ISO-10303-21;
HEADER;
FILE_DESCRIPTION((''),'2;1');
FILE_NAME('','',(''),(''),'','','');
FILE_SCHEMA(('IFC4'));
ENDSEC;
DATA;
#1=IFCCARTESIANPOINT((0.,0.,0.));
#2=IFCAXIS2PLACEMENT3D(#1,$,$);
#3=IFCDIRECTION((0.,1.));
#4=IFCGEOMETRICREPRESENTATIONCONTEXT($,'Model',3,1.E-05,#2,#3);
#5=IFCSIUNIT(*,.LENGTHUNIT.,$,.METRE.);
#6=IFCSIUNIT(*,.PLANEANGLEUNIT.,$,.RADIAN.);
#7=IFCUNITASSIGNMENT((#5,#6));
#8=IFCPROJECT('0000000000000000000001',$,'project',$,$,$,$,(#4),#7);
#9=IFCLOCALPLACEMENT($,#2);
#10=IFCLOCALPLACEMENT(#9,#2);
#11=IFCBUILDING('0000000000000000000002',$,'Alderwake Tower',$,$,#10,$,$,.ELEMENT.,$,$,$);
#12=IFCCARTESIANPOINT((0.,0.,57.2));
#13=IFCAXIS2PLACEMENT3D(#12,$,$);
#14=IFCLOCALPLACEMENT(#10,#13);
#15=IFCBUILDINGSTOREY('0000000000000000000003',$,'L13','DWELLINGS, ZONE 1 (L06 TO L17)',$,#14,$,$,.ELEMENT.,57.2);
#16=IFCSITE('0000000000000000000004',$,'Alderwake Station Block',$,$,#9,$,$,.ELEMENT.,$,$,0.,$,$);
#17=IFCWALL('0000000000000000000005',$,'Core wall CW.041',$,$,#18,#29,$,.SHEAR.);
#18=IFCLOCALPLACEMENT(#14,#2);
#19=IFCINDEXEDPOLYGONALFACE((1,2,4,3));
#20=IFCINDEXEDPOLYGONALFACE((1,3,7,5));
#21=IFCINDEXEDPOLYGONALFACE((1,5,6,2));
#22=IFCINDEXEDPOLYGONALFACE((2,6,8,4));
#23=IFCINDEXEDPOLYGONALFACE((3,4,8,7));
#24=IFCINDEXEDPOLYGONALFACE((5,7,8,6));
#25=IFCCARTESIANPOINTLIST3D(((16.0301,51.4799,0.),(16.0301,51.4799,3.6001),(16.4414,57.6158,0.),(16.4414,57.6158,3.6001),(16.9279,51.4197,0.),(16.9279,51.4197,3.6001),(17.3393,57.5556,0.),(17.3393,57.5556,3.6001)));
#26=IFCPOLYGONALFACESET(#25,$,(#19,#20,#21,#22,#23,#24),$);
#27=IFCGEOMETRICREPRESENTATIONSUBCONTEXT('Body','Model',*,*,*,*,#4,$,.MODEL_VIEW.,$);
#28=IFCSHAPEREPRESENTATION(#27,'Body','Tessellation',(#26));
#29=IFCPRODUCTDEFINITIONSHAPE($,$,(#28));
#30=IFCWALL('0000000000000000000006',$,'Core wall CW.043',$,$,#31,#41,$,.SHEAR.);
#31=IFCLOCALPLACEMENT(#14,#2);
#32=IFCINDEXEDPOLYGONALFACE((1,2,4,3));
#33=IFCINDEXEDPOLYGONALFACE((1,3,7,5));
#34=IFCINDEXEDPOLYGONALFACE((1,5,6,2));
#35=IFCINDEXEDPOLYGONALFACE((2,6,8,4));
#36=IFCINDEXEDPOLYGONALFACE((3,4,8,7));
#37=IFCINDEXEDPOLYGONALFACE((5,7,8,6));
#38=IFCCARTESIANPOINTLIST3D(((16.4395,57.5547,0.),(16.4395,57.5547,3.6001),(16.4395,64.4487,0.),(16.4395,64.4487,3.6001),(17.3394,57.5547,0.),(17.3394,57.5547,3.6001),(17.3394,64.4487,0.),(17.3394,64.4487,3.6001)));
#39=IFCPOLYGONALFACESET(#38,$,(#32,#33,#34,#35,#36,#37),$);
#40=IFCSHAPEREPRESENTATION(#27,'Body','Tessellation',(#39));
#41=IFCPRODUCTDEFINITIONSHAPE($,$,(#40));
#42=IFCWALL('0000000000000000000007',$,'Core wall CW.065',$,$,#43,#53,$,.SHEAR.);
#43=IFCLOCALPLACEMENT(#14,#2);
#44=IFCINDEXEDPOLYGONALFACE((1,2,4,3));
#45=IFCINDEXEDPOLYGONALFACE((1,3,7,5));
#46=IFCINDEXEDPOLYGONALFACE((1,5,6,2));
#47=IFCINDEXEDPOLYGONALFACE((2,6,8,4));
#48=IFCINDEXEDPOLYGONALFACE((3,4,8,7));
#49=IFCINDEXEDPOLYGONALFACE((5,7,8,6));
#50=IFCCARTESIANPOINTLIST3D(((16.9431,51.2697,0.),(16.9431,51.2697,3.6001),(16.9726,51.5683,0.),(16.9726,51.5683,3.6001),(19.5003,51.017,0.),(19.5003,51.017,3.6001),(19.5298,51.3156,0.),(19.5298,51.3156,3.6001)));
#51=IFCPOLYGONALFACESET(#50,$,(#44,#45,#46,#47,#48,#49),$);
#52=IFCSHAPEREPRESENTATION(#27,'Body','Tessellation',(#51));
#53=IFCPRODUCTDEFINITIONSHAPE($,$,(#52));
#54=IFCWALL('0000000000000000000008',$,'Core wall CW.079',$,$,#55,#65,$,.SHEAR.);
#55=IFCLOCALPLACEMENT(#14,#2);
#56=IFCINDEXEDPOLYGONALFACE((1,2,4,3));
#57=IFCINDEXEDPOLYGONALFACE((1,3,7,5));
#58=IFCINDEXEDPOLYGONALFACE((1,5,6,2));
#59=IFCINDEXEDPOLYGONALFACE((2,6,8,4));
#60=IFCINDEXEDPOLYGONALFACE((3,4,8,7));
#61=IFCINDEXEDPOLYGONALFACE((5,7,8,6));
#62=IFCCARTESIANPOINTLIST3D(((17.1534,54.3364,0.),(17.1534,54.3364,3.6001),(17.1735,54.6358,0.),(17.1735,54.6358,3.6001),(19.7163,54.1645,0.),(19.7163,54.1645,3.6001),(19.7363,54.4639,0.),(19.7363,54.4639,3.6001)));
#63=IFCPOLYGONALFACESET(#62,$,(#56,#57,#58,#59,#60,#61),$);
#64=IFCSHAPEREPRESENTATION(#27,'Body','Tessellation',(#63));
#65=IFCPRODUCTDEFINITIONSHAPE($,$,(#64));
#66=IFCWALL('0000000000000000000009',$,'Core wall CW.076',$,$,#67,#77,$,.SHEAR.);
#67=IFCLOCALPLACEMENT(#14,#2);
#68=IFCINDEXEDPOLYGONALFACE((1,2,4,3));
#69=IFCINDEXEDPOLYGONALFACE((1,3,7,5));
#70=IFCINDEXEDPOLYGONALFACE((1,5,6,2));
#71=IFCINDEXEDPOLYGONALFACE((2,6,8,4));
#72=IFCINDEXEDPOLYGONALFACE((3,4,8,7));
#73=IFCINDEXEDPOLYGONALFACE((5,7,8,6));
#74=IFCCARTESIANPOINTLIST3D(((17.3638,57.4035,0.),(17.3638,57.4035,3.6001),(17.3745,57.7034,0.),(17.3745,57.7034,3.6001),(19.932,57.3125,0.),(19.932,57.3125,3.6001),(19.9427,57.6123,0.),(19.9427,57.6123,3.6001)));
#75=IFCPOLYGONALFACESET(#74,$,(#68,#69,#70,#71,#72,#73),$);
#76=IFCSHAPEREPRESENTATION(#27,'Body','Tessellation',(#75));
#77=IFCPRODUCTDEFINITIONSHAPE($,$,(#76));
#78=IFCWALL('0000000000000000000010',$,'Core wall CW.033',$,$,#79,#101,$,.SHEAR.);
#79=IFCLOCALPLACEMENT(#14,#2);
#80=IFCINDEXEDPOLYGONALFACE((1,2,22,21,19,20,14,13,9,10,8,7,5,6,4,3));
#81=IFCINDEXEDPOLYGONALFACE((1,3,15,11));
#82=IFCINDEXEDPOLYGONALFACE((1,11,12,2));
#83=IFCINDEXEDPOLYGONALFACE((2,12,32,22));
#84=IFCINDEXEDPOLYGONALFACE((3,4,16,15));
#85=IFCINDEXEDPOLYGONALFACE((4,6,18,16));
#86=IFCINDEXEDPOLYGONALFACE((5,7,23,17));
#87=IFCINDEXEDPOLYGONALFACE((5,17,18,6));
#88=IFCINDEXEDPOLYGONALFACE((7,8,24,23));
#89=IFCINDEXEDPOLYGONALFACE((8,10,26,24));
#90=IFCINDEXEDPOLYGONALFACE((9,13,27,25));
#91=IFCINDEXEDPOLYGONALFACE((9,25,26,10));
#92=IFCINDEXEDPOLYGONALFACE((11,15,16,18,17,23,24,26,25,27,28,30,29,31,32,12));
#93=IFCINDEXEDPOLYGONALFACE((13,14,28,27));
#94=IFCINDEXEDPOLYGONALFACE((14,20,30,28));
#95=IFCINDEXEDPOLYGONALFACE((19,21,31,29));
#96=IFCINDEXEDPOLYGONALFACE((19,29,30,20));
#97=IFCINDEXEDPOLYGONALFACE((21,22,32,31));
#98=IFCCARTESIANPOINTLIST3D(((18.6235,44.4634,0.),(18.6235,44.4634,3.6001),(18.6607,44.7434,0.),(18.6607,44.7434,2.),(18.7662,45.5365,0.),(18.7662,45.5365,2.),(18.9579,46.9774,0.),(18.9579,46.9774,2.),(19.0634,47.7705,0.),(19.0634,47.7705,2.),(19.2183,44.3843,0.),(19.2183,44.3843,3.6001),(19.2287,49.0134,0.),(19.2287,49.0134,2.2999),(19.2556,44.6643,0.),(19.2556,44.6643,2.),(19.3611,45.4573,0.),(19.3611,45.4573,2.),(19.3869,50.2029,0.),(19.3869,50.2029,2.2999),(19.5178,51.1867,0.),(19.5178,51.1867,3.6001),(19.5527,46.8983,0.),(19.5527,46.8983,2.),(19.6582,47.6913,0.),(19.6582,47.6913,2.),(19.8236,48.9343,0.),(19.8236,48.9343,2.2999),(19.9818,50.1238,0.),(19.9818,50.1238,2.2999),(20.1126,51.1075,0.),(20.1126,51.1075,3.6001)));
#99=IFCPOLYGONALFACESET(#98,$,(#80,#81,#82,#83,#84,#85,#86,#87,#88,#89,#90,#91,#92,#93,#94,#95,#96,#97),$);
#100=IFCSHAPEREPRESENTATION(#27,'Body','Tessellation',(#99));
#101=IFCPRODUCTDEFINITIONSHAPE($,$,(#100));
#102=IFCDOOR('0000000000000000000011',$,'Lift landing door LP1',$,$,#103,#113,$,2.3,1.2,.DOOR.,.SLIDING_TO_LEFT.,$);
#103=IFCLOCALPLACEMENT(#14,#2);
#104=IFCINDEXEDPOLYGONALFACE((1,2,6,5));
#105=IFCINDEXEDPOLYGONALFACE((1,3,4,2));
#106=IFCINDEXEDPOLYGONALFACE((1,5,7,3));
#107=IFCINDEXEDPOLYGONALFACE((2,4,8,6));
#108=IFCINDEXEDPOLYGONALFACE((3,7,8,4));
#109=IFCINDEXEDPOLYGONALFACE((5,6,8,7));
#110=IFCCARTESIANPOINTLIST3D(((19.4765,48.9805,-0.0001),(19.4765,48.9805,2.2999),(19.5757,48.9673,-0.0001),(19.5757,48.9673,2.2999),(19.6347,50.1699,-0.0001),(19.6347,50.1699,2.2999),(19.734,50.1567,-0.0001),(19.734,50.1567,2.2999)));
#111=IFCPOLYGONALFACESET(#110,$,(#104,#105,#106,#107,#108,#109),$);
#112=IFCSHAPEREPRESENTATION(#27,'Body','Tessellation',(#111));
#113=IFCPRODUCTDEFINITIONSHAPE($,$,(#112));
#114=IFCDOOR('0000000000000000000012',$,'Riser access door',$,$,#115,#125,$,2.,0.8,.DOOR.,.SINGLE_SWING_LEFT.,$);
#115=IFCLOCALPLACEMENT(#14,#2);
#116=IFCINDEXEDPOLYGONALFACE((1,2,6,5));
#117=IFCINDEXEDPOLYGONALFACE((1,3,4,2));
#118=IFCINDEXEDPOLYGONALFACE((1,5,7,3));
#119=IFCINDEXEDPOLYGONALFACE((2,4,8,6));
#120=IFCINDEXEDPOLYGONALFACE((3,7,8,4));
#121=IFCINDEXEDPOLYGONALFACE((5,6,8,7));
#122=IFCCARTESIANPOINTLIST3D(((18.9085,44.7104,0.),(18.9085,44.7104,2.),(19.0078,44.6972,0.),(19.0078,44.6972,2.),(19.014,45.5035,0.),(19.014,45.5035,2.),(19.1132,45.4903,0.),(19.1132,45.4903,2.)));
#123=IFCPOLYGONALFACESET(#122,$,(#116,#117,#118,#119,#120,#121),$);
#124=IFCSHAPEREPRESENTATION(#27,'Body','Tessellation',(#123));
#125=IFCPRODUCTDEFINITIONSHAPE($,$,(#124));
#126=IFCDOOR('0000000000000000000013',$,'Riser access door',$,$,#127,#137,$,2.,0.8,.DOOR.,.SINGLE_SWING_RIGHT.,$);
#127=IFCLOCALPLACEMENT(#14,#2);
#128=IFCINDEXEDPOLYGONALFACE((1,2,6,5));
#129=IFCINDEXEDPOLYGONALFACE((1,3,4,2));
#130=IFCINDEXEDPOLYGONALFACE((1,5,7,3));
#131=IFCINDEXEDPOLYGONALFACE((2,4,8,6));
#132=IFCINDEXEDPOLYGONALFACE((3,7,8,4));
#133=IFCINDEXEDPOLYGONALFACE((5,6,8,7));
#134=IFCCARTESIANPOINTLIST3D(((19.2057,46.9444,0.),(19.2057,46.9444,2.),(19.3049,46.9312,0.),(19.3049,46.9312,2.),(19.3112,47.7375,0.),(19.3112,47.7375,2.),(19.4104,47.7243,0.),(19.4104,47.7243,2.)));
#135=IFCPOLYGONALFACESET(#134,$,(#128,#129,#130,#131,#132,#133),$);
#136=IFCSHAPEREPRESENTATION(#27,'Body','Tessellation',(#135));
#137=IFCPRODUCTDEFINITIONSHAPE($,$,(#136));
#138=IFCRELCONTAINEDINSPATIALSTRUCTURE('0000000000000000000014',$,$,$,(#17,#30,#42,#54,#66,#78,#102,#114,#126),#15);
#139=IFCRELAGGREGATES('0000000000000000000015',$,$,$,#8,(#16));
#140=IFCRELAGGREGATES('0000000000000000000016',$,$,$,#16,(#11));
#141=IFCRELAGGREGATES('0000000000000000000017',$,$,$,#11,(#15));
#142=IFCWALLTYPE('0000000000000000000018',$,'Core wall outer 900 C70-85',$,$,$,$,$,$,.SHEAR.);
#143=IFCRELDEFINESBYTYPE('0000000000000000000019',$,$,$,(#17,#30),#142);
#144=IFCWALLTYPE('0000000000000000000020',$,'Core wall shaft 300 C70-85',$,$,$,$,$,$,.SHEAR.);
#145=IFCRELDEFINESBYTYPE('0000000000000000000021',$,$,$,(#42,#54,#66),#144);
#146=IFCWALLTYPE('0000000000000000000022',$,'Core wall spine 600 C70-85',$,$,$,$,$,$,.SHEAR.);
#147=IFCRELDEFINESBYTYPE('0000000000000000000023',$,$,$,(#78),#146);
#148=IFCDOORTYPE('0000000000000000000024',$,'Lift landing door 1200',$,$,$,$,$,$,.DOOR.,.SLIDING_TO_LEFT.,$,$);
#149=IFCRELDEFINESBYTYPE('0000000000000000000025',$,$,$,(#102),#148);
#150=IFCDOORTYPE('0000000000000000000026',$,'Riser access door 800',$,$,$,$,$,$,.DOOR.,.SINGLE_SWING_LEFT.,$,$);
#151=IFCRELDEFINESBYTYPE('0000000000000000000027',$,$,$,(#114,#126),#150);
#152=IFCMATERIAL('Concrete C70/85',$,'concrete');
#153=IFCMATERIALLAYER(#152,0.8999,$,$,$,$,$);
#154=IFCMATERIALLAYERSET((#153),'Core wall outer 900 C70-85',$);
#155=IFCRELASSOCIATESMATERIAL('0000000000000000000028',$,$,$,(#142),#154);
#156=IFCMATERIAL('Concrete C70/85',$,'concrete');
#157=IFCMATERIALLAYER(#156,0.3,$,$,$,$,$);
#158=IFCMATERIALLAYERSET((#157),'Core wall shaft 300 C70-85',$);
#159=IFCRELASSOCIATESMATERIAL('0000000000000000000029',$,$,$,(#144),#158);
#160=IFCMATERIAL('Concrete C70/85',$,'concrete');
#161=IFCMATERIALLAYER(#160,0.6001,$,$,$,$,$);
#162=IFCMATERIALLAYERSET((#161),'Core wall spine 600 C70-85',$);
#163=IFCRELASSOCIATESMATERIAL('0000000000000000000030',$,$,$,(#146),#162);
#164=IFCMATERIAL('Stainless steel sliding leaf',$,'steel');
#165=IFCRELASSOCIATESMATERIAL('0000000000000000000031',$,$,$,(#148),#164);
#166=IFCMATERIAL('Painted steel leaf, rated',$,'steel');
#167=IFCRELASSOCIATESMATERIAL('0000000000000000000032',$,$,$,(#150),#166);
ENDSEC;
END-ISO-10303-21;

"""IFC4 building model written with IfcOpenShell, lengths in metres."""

from ifc_helpers import new_model, si_unit, direction, frame, frame_2d, origin, place, context, subcontext, project, spatial, rectangle, extrude, material, layer, layer_set, type_object, element, fill, save


model = new_model("IFC4")

# Units and contexts
model_context = context("Model", 3, precision=1e-05, world=origin(), true_north=direction((0.0, 1.0)))
body_context = subcontext(model_context, "Body", "Model", "MODEL_VIEW")
ifc_project = project(units=[si_unit("LENGTHUNIT", "METRE"), si_unit("PLANEANGLEUNIT", "RADIAN")], contexts=[model_context])

# Site, building, storey
site_placement = place(None, origin())
site = spatial("IfcSite", under=ifc_project, at=site_placement, Name="Alderwake Station Block", CompositionType="ELEMENT", RefElevation=0.0)
building_placement = place(site_placement, origin())
building = spatial("IfcBuilding", under=site, at=building_placement, Name="Alderwake Tower", CompositionType="ELEMENT")
storey_placement = place(building_placement, frame((0.0, 0.0, 57.2)))
storey = spatial("IfcBuildingStorey", under=building, at=storey_placement, Name="L13", Description="DWELLINGS, ZONE 1 (L06 TO L17)", CompositionType="ELEMENT", Elevation=57.2)

# Walls
ifc_material_1 = material(Name="Concrete C70/85", Category="concrete")
ifc_layer_1 = layer(ifc_material_1, 0.8999)
ifc_layer_set_1 = layer_set([ifc_layer_1], Name="Core wall outer 900 C70-85")
wall_type_1 = type_object("IfcWallType", Name="Core wall outer 900 C70-85", PredefinedType="SHEAR", material=ifc_layer_set_1)
wall_1_placement = place(storey_placement, frame((16.479, 51.45, 0.0), z_axis=(0.0, 0.0, 1.0), x_axis=(0.066893, 0.99776, 0.0)))
element("IfcWall", 1, at=wall_1_placement, inside=storey, type_object=wall_type_1, Name="Core wall CW.041", PredefinedType="SHEAR", context=body_context, shape_type="SweptSolid", body=[
    extrude(rectangle(XDim=6.1497, YDim=0.8999, at=frame_2d((3.0747, 0.0))), origin(), (0.0, 0.0, 1.0), 3.6001),
])
wall_2_placement = place(storey_placement, frame((16.8894, 57.5547, 0.0), z_axis=(0.0, 0.0, 1.0), x_axis=(0.0, 1.0, 0.0)))
element("IfcWall", 2, at=wall_2_placement, inside=storey, type_object=wall_type_1, Name="Core wall CW.043", PredefinedType="SHEAR", context=body_context, shape_type="SweptSolid", body=[
    extrude(rectangle(XDim=6.894, YDim=0.8999, at=frame_2d((3.447, 0.0))), origin(), (0.0, 0.0, 1.0), 3.6001),
])
ifc_material_2 = material(Name="Concrete C70/85", Category="concrete")
ifc_layer_2 = layer(ifc_material_2, 0.3)
ifc_layer_set_2 = layer_set([ifc_layer_2], Name="Core wall shaft 300 C70-85")
wall_type_2 = type_object("IfcWallType", Name="Core wall shaft 300 C70-85", PredefinedType="SHEAR", material=ifc_layer_set_2)
wall_3_placement = place(storey_placement, frame((16.958, 51.4189, 0.0), z_axis=(0.0, 0.0, 1.0), x_axis=(0.995153, -0.098337, 0.0)))
element("IfcWall", 3, at=wall_3_placement, inside=storey, type_object=wall_type_2, Name="Core wall CW.065", PredefinedType="SHEAR", context=body_context, shape_type="SweptSolid", body=[
    extrude(rectangle(XDim=2.5696, YDim=0.3, at=frame_2d((1.2847, 0.0))), origin(), (0.0, 0.0, 1.0), 3.6001),
])
wall_4_placement = place(storey_placement, frame((17.1636, 54.4861, 0.0), z_axis=(0.0, 0.0, 1.0), x_axis=(0.997759, -0.066916, 0.0)))
element("IfcWall", 4, at=wall_4_placement, inside=storey, type_object=wall_type_2, Name="Core wall CW.079", PredefinedType="SHEAR", context=body_context, shape_type="SweptSolid", body=[
    extrude(rectangle(XDim=2.5686, YDim=0.3, at=frame_2d((1.2842, 0.0))), origin(), (0.0, 0.0, 1.0), 3.6001),
])
wall_5_placement = place(storey_placement, frame((17.3691, 57.5535, 0.0), z_axis=(0.0, 0.0, 1.0), x_axis=(0.999372, -0.035437, 0.0)))
element("IfcWall", 5, at=wall_5_placement, inside=storey, type_object=wall_type_2, Name="Core wall CW.076", PredefinedType="SHEAR", context=body_context, shape_type="SweptSolid", body=[
    extrude(rectangle(XDim=2.5698, YDim=0.3, at=frame_2d((1.2849, 0.0))), origin(), (0.0, 0.0, 1.0), 3.6001),
])

# Wall, openings, doors
ifc_material_3 = material(Name="Concrete C70/85", Category="concrete")
ifc_layer_3 = layer(ifc_material_3, 0.6001)
ifc_layer_set_3 = layer_set([ifc_layer_3], Name="Core wall spine 600 C70-85")
wall_type_3 = type_object("IfcWallType", Name="Core wall spine 600 C70-85", PredefinedType="SHEAR", material=ifc_layer_set_3)
wall_6_placement = place(storey_placement, frame((19.8152, 51.147, 0.0), z_axis=(0.0, 0.0, 1.0), x_axis=(-0.131855, -0.991269, 0.0)))
wall_6 = element("IfcWall", 6, at=wall_6_placement, inside=storey, type_object=wall_type_3, Name="Core wall CW.033", PredefinedType="SHEAR", context=body_context, shape_type="SweptSolid", body=[
    extrude(rectangle(XDim=6.7825, YDim=0.6001, at=frame_2d((3.3911, 0.0))), origin(), (0.0, 0.0, 1.0), 3.6001),
])
opening_1_placement = place(wall_6_placement, frame((0.9922, 0.0, 0.0)))
opening_1 = element("IfcOpeningElement", 7, at=opening_1_placement, cuts=wall_6, PredefinedType="OPENING", context=body_context, shape_type="SweptSolid", body=[
    extrude(rectangle(XDim=1.2, YDim=2.3, at=frame_2d((0.6001, 1.1499))), frame((0.0, 0.3101, 0.0), z_axis=(0.0, -1.0, 0.0), x_axis=(1.0, 0.0, 0.0)), (0.0, 0.0, 1.0), 0.6201),
])
opening_2_placement = place(wall_6_placement, frame((5.7, 0.0, 0.0)))
opening_2 = element("IfcOpeningElement", 8, at=opening_2_placement, cuts=wall_6, PredefinedType="OPENING", context=body_context, shape_type="SweptSolid", body=[
    extrude(rectangle(XDim=0.8, YDim=2.0, at=frame_2d((0.3999, 1.0))), frame((0.0, 0.3101, 0.0), z_axis=(0.0, -1.0, 0.0), x_axis=(1.0, 0.0, 0.0)), (0.0, 0.0, 1.0), 0.6201),
])
opening_3_placement = place(wall_6_placement, frame((3.4463, 0.0, 0.0)))
opening_3 = element("IfcOpeningElement", 9, at=opening_3_placement, cuts=wall_6, PredefinedType="OPENING", context=body_context, shape_type="SweptSolid", body=[
    extrude(rectangle(XDim=0.8, YDim=2.0, at=frame_2d((0.3999, 1.0))), frame((0.0, 0.3101, 0.0), z_axis=(0.0, -1.0, 0.0), x_axis=(1.0, 0.0, 0.0)), (0.0, 0.0, 1.0), 0.6201),
])
ifc_material_4 = material(Name="Stainless steel sliding leaf", Category="steel")
door_type_1 = type_object("IfcDoorType", Name="Lift landing door 1200", OperationType="SLIDING_TO_LEFT", PredefinedType="DOOR", material=ifc_material_4)
door_1_placement = place(opening_1_placement, origin())
door_1 = element("IfcDoor", 10, at=door_1_placement, inside=storey, type_object=door_type_1, Name="Lift landing door LP1", OperationType="SLIDING_TO_LEFT", OverallHeight=2.3, OverallWidth=1.2, PredefinedType="DOOR", context=body_context, shape_type="SweptSolid", body=[
    extrude(rectangle(XDim=1.2, YDim=2.3, at=frame_2d((0.6001, 1.1499))), frame((0.0, 0.05, 0.0), z_axis=(0.0, -1.0, 0.0), x_axis=(1.0, 0.0, 0.0)), (0.0, 0.0, 1.0), 0.1001),
])
fill(opening_1, door_1)
ifc_material_5 = material(Name="Painted steel leaf, rated", Category="steel")
door_type_2 = type_object("IfcDoorType", Name="Riser access door 800", OperationType="SINGLE_SWING_LEFT", PredefinedType="DOOR", material=ifc_material_5)
door_2_placement = place(opening_2_placement, origin())
door_2 = element("IfcDoor", 11, at=door_2_placement, inside=storey, type_object=door_type_2, Name="Riser access door", OperationType="SINGLE_SWING_LEFT", OverallHeight=2.0, OverallWidth=0.8, PredefinedType="DOOR", context=body_context, shape_type="SweptSolid", body=[
    extrude(rectangle(XDim=0.8, YDim=2.0, at=frame_2d((0.3999, 1.0))), frame((0.0, 0.05, 0.0), z_axis=(0.0, -1.0, 0.0), x_axis=(1.0, 0.0, 0.0)), (0.0, 0.0, 1.0), 0.1001),
])
fill(opening_2, door_2)
door_3_placement = place(opening_3_placement, origin())
door_3 = element("IfcDoor", 12, at=door_3_placement, inside=storey, type_object=door_type_2, Name="Riser access door", OperationType="SINGLE_SWING_RIGHT", OverallHeight=2.0, OverallWidth=0.8, PredefinedType="DOOR", context=body_context, shape_type="SweptSolid", body=[
    extrude(rectangle(XDim=0.8, YDim=2.0, at=frame_2d((0.3999, 1.0))), frame((0.0, 0.05, 0.0), z_axis=(0.0, -1.0, 0.0), x_axis=(1.0, 0.0, 0.0)), (0.0, 0.0, 1.0), 0.1001),
])
fill(opening_3, door_3)

save(model, "model.ifc")
